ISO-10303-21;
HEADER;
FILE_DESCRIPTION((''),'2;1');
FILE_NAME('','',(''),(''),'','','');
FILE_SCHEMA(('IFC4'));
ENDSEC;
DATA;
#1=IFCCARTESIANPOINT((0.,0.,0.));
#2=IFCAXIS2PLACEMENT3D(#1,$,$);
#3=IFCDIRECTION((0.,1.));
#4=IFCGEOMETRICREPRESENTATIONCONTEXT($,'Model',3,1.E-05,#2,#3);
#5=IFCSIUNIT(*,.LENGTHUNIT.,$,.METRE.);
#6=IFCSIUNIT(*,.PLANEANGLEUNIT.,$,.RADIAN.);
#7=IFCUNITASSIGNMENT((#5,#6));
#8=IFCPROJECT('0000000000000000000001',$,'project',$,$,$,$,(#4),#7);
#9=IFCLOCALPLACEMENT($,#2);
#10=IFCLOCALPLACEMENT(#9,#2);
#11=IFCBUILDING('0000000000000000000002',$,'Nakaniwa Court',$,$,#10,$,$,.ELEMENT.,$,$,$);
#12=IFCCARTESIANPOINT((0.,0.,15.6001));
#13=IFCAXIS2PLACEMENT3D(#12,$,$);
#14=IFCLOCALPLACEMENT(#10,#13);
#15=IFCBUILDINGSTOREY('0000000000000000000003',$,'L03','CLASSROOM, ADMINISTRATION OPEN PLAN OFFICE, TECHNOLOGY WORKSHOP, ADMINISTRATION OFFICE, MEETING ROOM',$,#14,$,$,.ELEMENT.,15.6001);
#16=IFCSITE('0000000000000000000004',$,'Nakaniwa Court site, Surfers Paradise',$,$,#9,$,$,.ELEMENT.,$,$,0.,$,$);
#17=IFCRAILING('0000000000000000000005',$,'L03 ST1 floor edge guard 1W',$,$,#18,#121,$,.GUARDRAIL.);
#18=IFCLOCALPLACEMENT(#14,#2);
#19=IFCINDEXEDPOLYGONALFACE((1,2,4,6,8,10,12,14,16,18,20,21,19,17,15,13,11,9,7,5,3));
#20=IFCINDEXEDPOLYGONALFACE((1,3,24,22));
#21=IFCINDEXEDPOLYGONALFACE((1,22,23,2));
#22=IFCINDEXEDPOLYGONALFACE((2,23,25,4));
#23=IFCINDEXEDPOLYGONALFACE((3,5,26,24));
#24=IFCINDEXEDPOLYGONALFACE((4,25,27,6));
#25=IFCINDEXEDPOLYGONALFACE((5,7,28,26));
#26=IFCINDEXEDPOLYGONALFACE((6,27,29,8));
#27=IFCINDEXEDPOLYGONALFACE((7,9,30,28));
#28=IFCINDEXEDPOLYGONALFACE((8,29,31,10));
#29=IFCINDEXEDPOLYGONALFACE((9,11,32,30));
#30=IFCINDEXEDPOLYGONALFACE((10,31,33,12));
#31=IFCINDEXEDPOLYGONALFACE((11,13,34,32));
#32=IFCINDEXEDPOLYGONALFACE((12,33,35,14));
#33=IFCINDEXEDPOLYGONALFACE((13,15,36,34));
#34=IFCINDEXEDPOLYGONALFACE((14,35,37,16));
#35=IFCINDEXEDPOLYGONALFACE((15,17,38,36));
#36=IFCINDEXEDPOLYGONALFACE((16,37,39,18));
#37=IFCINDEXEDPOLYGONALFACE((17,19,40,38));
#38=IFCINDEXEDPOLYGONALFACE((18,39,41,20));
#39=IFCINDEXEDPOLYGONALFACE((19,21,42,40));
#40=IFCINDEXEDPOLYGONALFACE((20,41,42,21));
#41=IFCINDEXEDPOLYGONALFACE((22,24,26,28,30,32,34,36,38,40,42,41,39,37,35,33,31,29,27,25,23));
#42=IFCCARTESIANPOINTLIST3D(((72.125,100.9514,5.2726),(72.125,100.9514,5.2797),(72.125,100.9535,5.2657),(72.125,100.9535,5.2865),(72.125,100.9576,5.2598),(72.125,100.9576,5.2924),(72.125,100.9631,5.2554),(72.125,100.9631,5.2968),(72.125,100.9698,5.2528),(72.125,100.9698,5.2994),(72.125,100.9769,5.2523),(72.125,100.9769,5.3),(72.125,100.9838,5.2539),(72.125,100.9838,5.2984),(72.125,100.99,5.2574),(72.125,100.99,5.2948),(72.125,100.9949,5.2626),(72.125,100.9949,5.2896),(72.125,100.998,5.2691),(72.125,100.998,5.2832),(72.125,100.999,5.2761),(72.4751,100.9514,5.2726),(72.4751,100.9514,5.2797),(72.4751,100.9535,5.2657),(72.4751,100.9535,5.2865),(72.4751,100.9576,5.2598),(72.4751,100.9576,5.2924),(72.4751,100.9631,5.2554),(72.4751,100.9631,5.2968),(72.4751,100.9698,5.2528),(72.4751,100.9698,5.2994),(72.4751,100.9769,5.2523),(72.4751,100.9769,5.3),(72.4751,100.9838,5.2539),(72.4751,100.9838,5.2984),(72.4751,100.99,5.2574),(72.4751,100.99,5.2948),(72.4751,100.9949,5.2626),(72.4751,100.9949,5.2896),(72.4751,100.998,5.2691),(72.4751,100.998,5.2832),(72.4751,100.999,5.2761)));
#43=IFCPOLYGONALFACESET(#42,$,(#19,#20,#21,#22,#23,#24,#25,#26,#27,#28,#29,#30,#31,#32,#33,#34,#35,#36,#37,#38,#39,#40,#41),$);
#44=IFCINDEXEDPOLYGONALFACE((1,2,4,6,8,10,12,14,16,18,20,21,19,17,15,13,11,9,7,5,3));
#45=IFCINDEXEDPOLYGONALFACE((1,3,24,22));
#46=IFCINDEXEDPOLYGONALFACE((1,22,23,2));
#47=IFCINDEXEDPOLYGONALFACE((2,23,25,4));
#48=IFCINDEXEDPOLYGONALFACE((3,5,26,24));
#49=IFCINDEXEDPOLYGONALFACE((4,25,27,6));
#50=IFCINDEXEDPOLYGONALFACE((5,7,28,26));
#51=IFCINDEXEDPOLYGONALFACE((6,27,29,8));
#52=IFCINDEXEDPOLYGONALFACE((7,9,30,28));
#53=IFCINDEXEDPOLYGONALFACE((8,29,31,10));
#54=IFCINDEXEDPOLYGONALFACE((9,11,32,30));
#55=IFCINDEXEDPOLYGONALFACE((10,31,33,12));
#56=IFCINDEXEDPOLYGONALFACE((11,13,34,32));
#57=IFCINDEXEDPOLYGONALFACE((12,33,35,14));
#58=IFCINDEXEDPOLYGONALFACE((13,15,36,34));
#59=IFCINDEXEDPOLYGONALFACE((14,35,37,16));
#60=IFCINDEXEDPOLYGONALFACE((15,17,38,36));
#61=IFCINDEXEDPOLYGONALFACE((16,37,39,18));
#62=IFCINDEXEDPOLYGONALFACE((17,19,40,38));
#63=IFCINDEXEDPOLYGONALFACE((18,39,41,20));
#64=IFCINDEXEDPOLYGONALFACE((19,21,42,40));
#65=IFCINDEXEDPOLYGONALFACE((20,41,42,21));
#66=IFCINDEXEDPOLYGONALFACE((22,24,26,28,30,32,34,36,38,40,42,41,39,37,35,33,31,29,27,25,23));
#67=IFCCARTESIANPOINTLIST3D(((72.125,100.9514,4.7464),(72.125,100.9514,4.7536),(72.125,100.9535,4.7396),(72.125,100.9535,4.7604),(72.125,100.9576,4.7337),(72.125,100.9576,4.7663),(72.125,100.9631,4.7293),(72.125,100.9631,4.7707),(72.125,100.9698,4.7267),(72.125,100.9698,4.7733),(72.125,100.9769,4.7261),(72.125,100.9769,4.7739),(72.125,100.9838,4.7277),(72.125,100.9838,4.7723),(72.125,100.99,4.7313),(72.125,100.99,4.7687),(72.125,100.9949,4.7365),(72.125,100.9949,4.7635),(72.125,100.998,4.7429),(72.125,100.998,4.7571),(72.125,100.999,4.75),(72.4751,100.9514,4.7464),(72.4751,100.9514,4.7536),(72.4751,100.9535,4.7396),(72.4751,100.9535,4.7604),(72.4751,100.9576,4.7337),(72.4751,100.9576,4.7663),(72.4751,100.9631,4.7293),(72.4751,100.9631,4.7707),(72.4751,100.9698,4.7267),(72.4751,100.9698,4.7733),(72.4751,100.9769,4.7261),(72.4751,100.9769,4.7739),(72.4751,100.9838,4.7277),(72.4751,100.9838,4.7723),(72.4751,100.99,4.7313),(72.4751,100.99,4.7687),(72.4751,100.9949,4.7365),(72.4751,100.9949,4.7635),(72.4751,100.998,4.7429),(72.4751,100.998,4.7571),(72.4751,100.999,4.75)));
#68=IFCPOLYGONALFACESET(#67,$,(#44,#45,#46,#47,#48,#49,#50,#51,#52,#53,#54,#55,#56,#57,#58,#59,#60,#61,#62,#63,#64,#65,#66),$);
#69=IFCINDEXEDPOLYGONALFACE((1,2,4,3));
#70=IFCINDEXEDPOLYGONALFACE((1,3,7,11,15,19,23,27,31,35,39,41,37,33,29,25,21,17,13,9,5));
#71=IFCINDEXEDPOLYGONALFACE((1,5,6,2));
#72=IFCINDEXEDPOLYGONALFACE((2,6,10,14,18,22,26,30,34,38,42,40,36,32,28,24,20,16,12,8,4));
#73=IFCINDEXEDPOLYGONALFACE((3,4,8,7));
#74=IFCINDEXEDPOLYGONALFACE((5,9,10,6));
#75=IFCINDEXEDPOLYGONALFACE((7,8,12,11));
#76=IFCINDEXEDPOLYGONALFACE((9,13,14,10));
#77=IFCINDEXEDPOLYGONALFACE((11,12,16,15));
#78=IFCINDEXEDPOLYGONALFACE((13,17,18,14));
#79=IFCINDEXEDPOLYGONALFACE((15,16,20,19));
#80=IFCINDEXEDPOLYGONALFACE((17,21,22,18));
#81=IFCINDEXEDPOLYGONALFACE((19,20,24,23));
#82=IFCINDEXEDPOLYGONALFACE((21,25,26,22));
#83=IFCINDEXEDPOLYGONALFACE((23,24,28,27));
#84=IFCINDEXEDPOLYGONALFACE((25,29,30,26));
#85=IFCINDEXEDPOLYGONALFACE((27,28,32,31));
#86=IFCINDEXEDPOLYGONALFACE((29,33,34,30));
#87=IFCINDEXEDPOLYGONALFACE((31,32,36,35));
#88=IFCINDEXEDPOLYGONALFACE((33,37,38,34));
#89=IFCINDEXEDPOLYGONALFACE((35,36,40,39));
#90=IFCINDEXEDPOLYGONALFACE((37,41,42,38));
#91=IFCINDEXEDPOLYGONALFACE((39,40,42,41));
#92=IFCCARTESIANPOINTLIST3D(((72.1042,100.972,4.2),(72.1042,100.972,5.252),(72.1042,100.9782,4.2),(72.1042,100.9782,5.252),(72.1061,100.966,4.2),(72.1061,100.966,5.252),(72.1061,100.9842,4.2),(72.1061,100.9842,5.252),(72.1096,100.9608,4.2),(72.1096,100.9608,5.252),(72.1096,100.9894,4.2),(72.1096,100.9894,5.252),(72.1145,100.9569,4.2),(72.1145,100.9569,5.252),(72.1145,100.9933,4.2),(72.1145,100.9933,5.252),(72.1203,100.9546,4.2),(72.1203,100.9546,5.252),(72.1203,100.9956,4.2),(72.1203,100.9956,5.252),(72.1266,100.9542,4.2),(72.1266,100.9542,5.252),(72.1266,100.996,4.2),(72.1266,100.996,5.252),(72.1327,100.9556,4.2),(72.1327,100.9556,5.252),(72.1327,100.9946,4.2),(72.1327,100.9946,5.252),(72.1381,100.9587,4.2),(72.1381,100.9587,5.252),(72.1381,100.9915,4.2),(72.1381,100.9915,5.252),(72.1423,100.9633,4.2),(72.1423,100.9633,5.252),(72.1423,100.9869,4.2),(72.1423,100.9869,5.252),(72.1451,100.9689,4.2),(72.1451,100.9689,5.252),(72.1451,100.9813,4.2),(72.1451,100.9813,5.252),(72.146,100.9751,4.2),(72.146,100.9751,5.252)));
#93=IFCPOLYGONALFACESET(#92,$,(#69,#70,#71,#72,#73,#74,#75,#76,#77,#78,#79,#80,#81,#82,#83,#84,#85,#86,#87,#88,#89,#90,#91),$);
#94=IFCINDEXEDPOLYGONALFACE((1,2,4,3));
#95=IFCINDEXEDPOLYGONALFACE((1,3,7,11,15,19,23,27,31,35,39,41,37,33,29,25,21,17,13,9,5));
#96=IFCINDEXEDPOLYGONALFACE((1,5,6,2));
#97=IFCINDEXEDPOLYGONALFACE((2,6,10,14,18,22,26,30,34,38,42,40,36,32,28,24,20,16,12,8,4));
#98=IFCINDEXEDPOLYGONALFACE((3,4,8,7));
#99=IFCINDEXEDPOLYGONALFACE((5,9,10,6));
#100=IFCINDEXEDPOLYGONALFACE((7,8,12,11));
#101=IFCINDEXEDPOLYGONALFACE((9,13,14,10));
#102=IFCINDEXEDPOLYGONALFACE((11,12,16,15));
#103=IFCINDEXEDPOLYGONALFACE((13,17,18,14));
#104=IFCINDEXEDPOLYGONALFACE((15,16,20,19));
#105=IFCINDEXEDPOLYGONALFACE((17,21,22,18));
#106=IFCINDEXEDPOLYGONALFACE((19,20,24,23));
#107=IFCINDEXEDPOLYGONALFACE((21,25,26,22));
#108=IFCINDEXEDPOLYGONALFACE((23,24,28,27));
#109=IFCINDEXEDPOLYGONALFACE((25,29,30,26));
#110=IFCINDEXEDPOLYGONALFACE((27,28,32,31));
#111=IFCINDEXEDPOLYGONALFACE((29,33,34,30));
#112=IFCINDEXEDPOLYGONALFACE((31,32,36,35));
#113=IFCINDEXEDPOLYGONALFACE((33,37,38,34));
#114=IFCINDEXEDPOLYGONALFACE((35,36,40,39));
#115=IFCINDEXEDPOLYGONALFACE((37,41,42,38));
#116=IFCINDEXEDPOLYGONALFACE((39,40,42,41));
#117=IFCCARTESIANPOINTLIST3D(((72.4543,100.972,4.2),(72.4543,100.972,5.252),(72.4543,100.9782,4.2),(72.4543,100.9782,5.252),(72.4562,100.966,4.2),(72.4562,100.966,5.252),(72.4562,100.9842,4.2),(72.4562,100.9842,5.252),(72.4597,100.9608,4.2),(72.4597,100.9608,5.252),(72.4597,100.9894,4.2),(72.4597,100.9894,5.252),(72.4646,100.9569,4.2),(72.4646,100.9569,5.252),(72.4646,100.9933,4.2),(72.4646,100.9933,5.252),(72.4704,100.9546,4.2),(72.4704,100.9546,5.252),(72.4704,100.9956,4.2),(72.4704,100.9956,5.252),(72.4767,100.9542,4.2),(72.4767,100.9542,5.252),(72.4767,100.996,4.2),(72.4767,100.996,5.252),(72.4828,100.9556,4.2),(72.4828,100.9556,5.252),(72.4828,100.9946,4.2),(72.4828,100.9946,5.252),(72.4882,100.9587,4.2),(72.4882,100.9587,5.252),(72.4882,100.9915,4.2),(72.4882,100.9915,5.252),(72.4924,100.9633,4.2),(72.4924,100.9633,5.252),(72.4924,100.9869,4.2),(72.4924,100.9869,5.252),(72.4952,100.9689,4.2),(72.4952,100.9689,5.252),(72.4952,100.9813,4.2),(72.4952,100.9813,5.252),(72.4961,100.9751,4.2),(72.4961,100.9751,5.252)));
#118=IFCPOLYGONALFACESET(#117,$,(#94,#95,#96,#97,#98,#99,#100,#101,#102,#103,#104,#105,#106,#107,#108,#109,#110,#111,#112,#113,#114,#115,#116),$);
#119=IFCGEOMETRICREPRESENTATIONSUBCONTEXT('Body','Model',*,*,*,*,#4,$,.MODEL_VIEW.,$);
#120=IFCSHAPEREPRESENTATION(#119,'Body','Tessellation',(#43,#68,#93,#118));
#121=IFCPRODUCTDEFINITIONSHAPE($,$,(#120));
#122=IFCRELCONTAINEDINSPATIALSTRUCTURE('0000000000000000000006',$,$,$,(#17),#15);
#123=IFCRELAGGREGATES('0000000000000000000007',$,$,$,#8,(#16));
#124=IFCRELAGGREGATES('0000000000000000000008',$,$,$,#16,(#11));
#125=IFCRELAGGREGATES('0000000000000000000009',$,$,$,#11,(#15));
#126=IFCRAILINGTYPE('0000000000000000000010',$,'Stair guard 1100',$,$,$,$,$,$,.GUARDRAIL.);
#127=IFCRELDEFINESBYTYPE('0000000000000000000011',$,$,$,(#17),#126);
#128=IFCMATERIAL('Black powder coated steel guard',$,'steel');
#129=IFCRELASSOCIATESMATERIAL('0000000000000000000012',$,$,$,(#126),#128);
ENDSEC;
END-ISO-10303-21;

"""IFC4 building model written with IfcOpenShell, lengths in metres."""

from ifc_helpers import new_model, si_unit, direction, frame, origin, origin_2d, place, context, subcontext, project, spatial, circle, extrude, material, type_object, element, save


model = new_model("IFC4")

# Units and contexts
model_context = context("Model", 3, precision=1e-05, world=origin(), true_north=direction((0.0, 1.0)))
body_context = subcontext(model_context, "Body", "Model", "MODEL_VIEW")
ifc_project = project(units=[si_unit("LENGTHUNIT", "METRE"), si_unit("PLANEANGLEUNIT", "RADIAN")], contexts=[model_context])

# Site, building, storey
site_placement = place(None, origin())
site = spatial("IfcSite", under=ifc_project, at=site_placement, Name="Nakaniwa Court site, Surfers Paradise", CompositionType="ELEMENT", RefElevation=0.0)
building_placement = place(site_placement, origin())
building = spatial("IfcBuilding", under=site, at=building_placement, Name="Nakaniwa Court", CompositionType="ELEMENT")
storey_placement = place(building_placement, frame((0.0, 0.0, 15.6001)))
storey = spatial("IfcBuildingStorey", under=building, at=storey_placement, Name="L03", Description="CLASSROOM, ADMINISTRATION OPEN PLAN OFFICE, TECHNOLOGY WORKSHOP, ADMINISTRATION OFFICE, MEETING ROOM", CompositionType="ELEMENT", Elevation=15.6001)

# Railing
ifc_material_1 = material(Name="Black powder coated steel guard", Category="steel")
railing_type_1 = type_object("IfcRailingType", Name="Stair guard 1100", PredefinedType="GUARDRAIL", material=ifc_material_1)
for number, where, name in (
    (1, (72.125, 100.9751, 4.2), "L03 ST1 floor edge guard 1W"),
):
    element("IfcRailing", number, at=place(storey_placement, frame(where)), inside=storey, type_object=railing_type_1, Name=name, PredefinedType="GUARDRAIL", context=body_context, shape_type="SweptSolid", body=[
        extrude(circle(Radius=0.0239, at=origin_2d()), frame((0.0, 0.0, 1.0762), z_axis=(1.0, 0.0, 0.0), x_axis=(0.0, 1.0, 0.0)), (0.0, 0.0, 1.0), 0.3501),
        extrude(circle(Radius=0.0239, at=origin_2d()), frame((0.0, 0.0, 0.55), z_axis=(1.0, 0.0, 0.0), x_axis=(0.0, 1.0, 0.0)), (0.0, 0.0, 1.0), 0.3501),
        extrude(circle(Radius=0.021, at=origin_2d()), origin(), (0.0, 0.0, 1.0), 1.052),
        extrude(circle(Radius=0.021, at=origin_2d()), frame((0.3501, 0.0, 0.0)), (0.0, 0.0, 1.0), 1.052),
    ])

save(model, "model.ifc")
